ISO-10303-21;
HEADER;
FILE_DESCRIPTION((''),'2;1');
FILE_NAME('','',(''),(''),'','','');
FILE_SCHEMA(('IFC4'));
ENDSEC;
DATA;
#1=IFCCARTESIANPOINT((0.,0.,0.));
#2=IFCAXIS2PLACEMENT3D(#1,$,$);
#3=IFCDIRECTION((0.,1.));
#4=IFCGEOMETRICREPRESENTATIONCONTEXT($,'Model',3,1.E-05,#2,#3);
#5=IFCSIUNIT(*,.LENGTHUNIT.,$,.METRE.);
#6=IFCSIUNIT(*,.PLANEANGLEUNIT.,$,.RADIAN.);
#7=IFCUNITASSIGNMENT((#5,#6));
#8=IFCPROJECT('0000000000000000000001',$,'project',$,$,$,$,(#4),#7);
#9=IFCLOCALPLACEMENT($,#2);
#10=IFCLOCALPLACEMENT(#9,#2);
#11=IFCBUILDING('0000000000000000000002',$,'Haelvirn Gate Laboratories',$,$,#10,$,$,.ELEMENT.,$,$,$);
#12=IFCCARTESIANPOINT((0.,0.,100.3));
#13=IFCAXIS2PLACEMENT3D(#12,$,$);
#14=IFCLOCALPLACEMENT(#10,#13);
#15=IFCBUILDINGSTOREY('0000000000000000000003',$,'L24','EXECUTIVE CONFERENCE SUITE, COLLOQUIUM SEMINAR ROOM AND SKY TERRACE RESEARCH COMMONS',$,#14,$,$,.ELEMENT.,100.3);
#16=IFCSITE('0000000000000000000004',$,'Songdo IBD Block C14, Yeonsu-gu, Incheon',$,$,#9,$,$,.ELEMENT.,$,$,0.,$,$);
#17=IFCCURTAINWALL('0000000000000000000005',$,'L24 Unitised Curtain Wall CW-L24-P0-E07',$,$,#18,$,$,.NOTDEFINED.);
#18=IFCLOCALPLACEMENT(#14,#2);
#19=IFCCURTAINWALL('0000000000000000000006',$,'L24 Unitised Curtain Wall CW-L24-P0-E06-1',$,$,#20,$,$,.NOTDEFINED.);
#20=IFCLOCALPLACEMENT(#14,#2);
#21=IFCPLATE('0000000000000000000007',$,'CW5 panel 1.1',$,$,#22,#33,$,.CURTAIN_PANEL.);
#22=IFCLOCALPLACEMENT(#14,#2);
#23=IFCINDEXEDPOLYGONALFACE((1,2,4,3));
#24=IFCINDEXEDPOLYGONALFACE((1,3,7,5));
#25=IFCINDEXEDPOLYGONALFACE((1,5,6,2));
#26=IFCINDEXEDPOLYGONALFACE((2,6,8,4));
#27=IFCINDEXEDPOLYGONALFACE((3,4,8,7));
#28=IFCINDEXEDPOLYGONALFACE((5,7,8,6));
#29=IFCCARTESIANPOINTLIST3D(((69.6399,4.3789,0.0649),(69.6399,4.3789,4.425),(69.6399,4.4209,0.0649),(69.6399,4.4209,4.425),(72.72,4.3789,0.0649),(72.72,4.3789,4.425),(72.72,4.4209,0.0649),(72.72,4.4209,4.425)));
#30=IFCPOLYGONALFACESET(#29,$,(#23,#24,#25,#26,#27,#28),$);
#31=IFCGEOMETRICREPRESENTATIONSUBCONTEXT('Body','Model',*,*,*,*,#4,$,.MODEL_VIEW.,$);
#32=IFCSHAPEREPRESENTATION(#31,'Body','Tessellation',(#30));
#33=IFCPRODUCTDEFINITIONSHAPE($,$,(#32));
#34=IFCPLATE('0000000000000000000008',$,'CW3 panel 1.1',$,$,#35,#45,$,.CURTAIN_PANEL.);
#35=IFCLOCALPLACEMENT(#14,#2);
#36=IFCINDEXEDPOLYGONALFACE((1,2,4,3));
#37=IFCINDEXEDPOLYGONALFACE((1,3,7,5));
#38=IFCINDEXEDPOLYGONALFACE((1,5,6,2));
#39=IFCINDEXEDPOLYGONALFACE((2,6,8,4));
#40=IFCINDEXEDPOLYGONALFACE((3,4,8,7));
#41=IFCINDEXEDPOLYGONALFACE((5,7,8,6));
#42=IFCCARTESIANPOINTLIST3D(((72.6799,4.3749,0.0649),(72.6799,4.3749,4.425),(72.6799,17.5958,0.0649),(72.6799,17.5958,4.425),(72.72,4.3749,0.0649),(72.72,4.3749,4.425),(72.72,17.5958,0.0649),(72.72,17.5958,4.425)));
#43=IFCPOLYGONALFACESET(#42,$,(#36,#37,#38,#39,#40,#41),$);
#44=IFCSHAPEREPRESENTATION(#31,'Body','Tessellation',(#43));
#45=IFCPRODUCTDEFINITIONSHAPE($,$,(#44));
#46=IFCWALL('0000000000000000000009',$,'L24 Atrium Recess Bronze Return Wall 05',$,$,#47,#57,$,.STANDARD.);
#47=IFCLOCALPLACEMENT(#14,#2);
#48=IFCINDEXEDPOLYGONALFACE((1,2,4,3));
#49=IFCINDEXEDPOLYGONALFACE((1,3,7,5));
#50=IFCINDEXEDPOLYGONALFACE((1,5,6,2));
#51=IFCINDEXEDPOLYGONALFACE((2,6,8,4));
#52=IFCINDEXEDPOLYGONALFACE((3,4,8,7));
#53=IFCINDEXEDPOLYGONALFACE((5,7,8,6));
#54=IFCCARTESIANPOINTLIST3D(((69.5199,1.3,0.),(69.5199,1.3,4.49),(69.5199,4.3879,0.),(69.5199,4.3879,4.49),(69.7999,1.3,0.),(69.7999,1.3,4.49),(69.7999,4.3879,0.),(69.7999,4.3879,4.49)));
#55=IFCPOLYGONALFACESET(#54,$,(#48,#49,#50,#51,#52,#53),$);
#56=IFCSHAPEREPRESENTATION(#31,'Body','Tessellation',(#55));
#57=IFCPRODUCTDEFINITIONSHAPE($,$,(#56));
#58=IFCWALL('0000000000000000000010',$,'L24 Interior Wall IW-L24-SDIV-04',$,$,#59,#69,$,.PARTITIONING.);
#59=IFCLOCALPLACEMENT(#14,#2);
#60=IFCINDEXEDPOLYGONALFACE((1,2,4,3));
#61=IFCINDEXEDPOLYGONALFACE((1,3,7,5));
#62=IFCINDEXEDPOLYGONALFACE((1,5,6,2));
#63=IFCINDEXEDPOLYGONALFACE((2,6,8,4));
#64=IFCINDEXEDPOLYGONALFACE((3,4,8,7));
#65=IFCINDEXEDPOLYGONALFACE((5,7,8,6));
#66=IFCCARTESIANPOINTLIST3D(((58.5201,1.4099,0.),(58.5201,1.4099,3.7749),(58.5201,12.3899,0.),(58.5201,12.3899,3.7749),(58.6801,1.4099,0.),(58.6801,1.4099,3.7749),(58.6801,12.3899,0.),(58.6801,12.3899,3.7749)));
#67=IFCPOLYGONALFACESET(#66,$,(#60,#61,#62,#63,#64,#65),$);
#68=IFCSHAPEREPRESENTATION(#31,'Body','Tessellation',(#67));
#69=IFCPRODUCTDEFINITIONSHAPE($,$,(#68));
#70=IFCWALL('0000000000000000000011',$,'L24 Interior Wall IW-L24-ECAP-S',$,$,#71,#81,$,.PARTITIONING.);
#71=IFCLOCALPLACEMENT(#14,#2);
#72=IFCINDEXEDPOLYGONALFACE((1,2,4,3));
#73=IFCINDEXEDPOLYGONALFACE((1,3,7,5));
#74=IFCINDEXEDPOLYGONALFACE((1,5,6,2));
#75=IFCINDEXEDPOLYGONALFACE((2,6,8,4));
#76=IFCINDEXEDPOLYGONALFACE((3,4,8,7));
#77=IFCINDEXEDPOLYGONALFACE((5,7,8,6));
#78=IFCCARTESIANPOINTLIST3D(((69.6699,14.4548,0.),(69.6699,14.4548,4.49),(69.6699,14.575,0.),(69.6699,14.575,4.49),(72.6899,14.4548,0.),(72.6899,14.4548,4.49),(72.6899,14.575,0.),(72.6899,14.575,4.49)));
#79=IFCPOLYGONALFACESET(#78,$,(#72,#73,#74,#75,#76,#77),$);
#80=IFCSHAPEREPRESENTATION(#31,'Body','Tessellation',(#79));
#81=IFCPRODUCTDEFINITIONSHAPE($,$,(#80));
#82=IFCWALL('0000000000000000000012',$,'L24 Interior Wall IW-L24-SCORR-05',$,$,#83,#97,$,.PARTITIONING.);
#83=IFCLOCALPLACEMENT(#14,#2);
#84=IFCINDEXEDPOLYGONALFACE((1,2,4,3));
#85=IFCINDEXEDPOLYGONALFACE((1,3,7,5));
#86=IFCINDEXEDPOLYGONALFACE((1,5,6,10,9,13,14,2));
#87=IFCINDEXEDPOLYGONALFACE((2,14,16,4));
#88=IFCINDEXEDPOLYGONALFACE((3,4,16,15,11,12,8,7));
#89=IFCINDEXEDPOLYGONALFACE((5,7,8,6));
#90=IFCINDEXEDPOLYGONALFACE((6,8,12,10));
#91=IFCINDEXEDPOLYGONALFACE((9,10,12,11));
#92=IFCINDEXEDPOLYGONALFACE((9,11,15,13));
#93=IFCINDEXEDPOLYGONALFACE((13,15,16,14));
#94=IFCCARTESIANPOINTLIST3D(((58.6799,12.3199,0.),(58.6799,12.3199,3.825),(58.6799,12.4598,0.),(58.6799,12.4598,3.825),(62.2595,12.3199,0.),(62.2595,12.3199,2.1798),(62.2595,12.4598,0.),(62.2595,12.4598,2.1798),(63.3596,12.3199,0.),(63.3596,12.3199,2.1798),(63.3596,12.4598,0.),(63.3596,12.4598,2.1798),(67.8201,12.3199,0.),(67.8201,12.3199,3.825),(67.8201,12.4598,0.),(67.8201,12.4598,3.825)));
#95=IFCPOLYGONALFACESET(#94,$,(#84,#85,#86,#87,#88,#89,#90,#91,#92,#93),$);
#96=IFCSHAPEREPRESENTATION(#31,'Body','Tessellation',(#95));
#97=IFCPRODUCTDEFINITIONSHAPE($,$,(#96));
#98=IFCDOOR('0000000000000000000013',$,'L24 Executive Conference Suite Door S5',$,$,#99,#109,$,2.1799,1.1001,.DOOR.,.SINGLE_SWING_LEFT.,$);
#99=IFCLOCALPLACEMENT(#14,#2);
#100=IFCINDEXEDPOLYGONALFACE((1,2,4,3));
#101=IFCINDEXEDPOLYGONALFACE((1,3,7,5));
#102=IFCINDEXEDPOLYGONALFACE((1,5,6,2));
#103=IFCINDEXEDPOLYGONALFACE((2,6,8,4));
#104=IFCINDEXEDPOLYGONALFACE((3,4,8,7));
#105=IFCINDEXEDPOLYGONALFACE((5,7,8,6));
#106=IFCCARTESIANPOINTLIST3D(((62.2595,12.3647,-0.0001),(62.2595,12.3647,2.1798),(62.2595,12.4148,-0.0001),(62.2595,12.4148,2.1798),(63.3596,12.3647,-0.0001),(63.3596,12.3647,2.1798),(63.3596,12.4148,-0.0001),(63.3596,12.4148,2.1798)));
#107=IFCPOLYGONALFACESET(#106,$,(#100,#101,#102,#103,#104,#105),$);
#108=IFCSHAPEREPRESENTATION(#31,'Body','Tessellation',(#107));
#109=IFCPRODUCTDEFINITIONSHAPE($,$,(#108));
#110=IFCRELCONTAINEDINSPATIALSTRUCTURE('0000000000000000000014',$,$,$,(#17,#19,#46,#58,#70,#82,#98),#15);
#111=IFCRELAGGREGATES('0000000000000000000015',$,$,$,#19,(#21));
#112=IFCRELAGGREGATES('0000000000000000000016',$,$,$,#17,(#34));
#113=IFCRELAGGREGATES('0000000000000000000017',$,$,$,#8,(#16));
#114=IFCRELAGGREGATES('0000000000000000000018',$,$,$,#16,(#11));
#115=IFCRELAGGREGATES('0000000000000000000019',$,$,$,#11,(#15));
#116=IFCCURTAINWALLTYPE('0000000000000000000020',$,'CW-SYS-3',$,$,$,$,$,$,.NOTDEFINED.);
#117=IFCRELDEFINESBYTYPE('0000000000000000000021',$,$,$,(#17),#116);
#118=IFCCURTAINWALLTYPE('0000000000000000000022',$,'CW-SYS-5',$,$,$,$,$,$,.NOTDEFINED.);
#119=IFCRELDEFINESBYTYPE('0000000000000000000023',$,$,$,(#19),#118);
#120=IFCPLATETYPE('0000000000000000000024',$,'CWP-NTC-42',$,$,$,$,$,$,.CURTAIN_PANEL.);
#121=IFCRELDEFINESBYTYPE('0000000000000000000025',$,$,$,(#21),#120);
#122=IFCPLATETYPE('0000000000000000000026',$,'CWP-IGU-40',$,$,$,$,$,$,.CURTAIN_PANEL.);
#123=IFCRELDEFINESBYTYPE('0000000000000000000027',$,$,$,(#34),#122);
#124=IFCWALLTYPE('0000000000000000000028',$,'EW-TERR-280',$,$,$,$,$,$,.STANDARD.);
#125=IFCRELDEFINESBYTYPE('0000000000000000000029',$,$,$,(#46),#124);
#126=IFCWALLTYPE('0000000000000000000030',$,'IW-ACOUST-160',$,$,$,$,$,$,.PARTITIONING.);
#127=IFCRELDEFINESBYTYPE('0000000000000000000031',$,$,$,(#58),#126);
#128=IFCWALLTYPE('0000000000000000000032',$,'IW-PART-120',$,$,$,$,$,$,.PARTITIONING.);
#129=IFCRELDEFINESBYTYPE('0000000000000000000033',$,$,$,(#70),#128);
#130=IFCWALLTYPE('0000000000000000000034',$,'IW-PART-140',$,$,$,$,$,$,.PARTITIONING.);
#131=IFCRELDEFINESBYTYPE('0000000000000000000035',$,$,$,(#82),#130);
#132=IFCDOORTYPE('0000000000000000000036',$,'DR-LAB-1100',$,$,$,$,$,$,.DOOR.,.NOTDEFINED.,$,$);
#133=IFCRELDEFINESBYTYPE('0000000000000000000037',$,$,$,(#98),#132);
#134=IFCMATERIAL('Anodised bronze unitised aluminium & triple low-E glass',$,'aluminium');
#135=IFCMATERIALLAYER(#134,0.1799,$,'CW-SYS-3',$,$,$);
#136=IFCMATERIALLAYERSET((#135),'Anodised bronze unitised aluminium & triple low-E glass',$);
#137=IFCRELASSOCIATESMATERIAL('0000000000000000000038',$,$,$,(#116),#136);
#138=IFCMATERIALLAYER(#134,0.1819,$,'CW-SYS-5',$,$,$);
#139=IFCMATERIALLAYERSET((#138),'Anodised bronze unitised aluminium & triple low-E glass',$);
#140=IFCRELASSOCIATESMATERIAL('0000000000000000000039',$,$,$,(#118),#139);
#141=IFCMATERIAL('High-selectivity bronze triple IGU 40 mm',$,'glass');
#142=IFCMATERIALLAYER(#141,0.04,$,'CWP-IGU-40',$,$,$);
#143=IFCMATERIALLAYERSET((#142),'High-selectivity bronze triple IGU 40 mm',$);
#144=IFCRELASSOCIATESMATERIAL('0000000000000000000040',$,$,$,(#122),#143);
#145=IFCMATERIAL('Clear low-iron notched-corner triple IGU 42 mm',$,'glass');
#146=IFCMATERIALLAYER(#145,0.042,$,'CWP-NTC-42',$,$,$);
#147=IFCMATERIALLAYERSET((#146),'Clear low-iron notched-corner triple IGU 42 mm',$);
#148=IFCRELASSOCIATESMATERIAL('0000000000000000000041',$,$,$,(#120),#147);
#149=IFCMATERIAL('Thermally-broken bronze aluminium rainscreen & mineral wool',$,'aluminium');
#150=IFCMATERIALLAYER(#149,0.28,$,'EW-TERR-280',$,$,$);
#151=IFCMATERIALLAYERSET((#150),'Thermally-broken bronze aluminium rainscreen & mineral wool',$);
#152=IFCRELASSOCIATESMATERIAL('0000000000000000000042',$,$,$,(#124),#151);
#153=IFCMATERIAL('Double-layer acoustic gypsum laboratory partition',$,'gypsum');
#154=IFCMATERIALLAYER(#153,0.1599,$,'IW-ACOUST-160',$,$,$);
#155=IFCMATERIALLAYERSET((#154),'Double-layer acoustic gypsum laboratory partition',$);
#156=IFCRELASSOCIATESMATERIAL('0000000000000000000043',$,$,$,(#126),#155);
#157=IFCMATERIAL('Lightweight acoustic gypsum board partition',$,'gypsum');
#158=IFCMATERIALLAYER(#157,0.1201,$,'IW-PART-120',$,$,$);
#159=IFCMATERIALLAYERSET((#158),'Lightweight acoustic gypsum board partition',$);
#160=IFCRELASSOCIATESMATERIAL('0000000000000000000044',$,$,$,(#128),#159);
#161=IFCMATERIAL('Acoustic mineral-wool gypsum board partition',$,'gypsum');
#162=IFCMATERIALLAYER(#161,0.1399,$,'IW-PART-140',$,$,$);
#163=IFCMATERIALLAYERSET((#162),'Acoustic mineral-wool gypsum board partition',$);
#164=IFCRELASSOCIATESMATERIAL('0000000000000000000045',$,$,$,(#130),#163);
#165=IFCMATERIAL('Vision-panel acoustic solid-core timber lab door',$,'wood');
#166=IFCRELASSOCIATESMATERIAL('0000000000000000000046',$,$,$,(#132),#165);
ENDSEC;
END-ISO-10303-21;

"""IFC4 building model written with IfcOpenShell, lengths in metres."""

from ifc_helpers import new_model, si_unit, direction, frame, frame_2d, origin, origin_2d, place, context, subcontext, project, spatial, rectangle, extrude, source, transform, mapped, material, layer, layer_set, type_object, type_shapes, element, fill, aggregate, save


model = new_model("IFC4")

# Units and contexts
model_context = context("Model", 3, precision=1e-05, world=origin(), true_north=direction((0.0, 1.0)))
body_context = subcontext(model_context, "Body", "Model", "MODEL_VIEW")
ifc_project = project(units=[si_unit("LENGTHUNIT", "METRE"), si_unit("PLANEANGLEUNIT", "RADIAN")], contexts=[model_context])

# Site, building, storey
site_placement = place(None, origin())
site = spatial("IfcSite", under=ifc_project, at=site_placement, Name="Songdo IBD Block C14, Yeonsu-gu, Incheon", CompositionType="ELEMENT", RefElevation=0.0)
building_placement = place(site_placement, origin())
building = spatial("IfcBuilding", under=site, at=building_placement, Name="Haelvirn Gate Laboratories", CompositionType="ELEMENT")
storey_placement = place(building_placement, frame((0.0, 0.0, 100.3)))
storey = spatial("IfcBuildingStorey", under=building, at=storey_placement, Name="L24", Description="EXECUTIVE CONFERENCE SUITE, COLLOQUIUM SEMINAR ROOM AND SKY TERRACE RESEARCH COMMONS", CompositionType="ELEMENT", Elevation=100.3)

# Shared definitions
ifc_material_1 = material(Name="Anodised bronze unitised aluminium & triple low-E glass", Category="aluminium")
ifc_layer_1 = layer(ifc_material_1, 0.1799, Name="CW-SYS-3")
ifc_layer_set_1 = layer_set([ifc_layer_1], Name="Anodised bronze unitised aluminium & triple low-E glass")
curtain_wall_type_1 = type_object("IfcCurtainWallType", Name="CW-SYS-3", PredefinedType="NOTDEFINED", material=ifc_layer_set_1)

# Curtain wall
curtain_wall_1_placement = place(storey_placement, origin())
curtain_wall_1 = element("IfcCurtainWall", 1, at=curtain_wall_1_placement, inside=storey, type_object=curtain_wall_type_1, Name="L24 Unitised Curtain Wall CW-L24-P0-E07", PredefinedType="NOTDEFINED")

# Curtain wall
ifc_layer_2 = layer(ifc_material_1, 0.1819, Name="CW-SYS-5")
ifc_layer_set_2 = layer_set([ifc_layer_2], Name="Anodised bronze unitised aluminium & triple low-E glass")
curtain_wall_type_2 = type_object("IfcCurtainWallType", Name="CW-SYS-5", PredefinedType="NOTDEFINED", material=ifc_layer_set_2)
curtain_wall_2_placement = place(storey_placement, origin())
curtain_wall_2 = element("IfcCurtainWall", 2, at=curtain_wall_2_placement, inside=storey, type_object=curtain_wall_type_2, Name="L24 Unitised Curtain Wall CW-L24-P0-E06-1", PredefinedType="NOTDEFINED")

# Plates
ifc_material_2 = material(Name="High-selectivity bronze triple IGU 40 mm", Category="glass")
ifc_layer_3 = layer(ifc_material_2, 0.04, Name="CWP-IGU-40")
ifc_layer_set_3 = layer_set([ifc_layer_3], Name="High-selectivity bronze triple IGU 40 mm")
plate_type_1 = type_object("IfcPlateType", Name="CWP-IGU-40", PredefinedType="CURTAIN_PANEL", material=ifc_layer_set_3)
ifc_material_3 = material(Name="Clear low-iron notched-corner triple IGU 42 mm", Category="glass")
ifc_layer_4 = layer(ifc_material_3, 0.042, Name="CWP-NTC-42")
ifc_layer_set_4 = layer_set([ifc_layer_4], Name="Clear low-iron notched-corner triple IGU 42 mm")
plate_type_2 = type_object("IfcPlateType", Name="CWP-NTC-42", PredefinedType="CURTAIN_PANEL", material=ifc_layer_set_4)
shared_shape_1 = source(origin(), body_context, "Body", "SweptSolid", [
    extrude(rectangle(XDim=3.0801, YDim=0.042, at=origin_2d()), origin(), (0.0, 0.0, 1.0), 4.3601),
])
type_shapes(plate_type_2, [shared_shape_1])
plate_1_placement = place(storey_placement, frame((71.1799, 4.3999, 0.0649), z_axis=(0.0, 0.0, 1.0), x_axis=(1.0, 0.0, 0.0)))
plate_1 = element("IfcPlate", 3, at=plate_1_placement, type_object=plate_type_2, Name="CW5 panel 1.1", PredefinedType="CURTAIN_PANEL", context=body_context, shape_type="MappedRepresentation", body=[
    mapped(shared_shape_1, transform((0.0, 0.0, 0.0), scale=1.0)),
])
aggregate(curtain_wall_2, [plate_1])
shared_shape_2 = source(origin(), body_context, "Body", "SweptSolid", [
    extrude(rectangle(XDim=13.2209, YDim=0.04, at=origin_2d()), origin(), (0.0, 0.0, 1.0), 4.3601),
])
plate_2_placement = place(storey_placement, frame((72.7, 10.9854, 0.0649), z_axis=(0.0, 0.0, 1.0), x_axis=(0.0, 1.0, 0.0)))
plate_2 = element("IfcPlate", 4, at=plate_2_placement, type_object=plate_type_1, Name="CW3 panel 1.1", PredefinedType="CURTAIN_PANEL", context=body_context, shape_type="MappedRepresentation", body=[
    mapped(shared_shape_2, transform((0.0, 0.0, 0.0), scale=1.0)),
])
aggregate(curtain_wall_1, [plate_2])

# Walls
ifc_material_4 = material(Name="Thermally-broken bronze aluminium rainscreen & mineral wool", Category="aluminium")
ifc_layer_5 = layer(ifc_material_4, 0.28, Name="EW-TERR-280")
ifc_layer_set_5 = layer_set([ifc_layer_5], Name="Thermally-broken bronze aluminium rainscreen & mineral wool")
wall_type_1 = type_object("IfcWallType", Name="EW-TERR-280", PredefinedType="STANDARD", material=ifc_layer_set_5)
wall_1_placement = place(storey_placement, frame((69.6599, 1.3, 0.0), z_axis=(0.0, 0.0, 1.0), x_axis=(0.0, 1.0, 0.0)))
element("IfcWall", 5, at=wall_1_placement, inside=storey, type_object=wall_type_1, Name="L24 Atrium Recess Bronze Return Wall 05", PredefinedType="STANDARD", context=body_context, shape_type="SweptSolid", body=[
    extrude(rectangle(XDim=3.0879, YDim=0.28, at=frame_2d((1.5439, 0.0))), origin(), (0.0, 0.0, 1.0), 4.49),
])
ifc_material_5 = material(Name="Double-layer acoustic gypsum laboratory partition", Category="gypsum")
ifc_layer_6 = layer(ifc_material_5, 0.1599, Name="IW-ACOUST-160")
ifc_layer_set_6 = layer_set([ifc_layer_6], Name="Double-layer acoustic gypsum laboratory partition")
wall_type_2 = type_object("IfcWallType", Name="IW-ACOUST-160", PredefinedType="PARTITIONING", material=ifc_layer_set_6)
wall_2_placement = place(storey_placement, frame((58.6001, 1.4099, 0.0), z_axis=(0.0, 0.0, 1.0), x_axis=(0.0, 1.0, 0.0)))
element("IfcWall", 6, at=wall_2_placement, inside=storey, type_object=wall_type_2, Name="L24 Interior Wall IW-L24-SDIV-04", PredefinedType="PARTITIONING", context=body_context, shape_type="SweptSolid", body=[
    extrude(rectangle(XDim=10.98, YDim=0.1599, at=frame_2d((5.49, 0.0))), origin(), (0.0, 0.0, 1.0), 3.7749),
])
ifc_material_6 = material(Name="Lightweight acoustic gypsum board partition", Category="gypsum")
ifc_layer_7 = layer(ifc_material_6, 0.1201, Name="IW-PART-120")
ifc_layer_set_7 = layer_set([ifc_layer_7], Name="Lightweight acoustic gypsum board partition")
wall_type_3 = type_object("IfcWallType", Name="IW-PART-120", PredefinedType="PARTITIONING", material=ifc_layer_set_7)
wall_3_placement = place(storey_placement, frame((69.6699, 14.5149, 0.0), z_axis=(0.0, 0.0, 1.0), x_axis=(1.0, 0.0, 0.0)))
element("IfcWall", 7, at=wall_3_placement, inside=storey, type_object=wall_type_3, Name="L24 Interior Wall IW-L24-ECAP-S", PredefinedType="PARTITIONING", context=body_context, shape_type="SweptSolid", body=[
    extrude(rectangle(XDim=3.02, YDim=0.1201, at=frame_2d((1.51, 0.0))), origin(), (0.0, 0.0, 1.0), 4.49),
])

# Wall, opening, door
ifc_material_7 = material(Name="Acoustic mineral-wool gypsum board partition", Category="gypsum")
ifc_layer_8 = layer(ifc_material_7, 0.1399, Name="IW-PART-140")
ifc_layer_set_8 = layer_set([ifc_layer_8], Name="Acoustic mineral-wool gypsum board partition")
wall_type_4 = type_object("IfcWallType", Name="IW-PART-140", PredefinedType="PARTITIONING", material=ifc_layer_set_8)
wall_4_placement = place(storey_placement, frame((58.6799, 12.3899, 0.0), z_axis=(0.0, 0.0, 1.0), x_axis=(1.0, 0.0, 0.0)))
wall_4 = element("IfcWall", 8, at=wall_4_placement, inside=storey, type_object=wall_type_4, Name="L24 Interior Wall IW-L24-SCORR-05", PredefinedType="PARTITIONING", context=body_context, shape_type="SweptSolid", body=[
    extrude(rectangle(XDim=9.1401, YDim=0.1399, at=frame_2d((4.5701, 0.0))), origin(), (0.0, 0.0, 1.0), 3.825),
])
opening_placement = place(wall_4_placement, frame((3.5796, 0.0, 0.0)))
opening = element("IfcOpeningElement", 9, at=opening_placement, cuts=wall_4, PredefinedType="OPENING", context=body_context, shape_type="SweptSolid", body=[
    extrude(rectangle(XDim=1.1001, YDim=2.1799, at=frame_2d((0.55, 1.0898))), frame((0.0, 0.0801, 0.0), z_axis=(0.0, -1.0, 0.0), x_axis=(1.0, 0.0, 0.0)), (0.0, 0.0, 1.0), 0.1599),
])
ifc_material_8 = material(Name="Vision-panel acoustic solid-core timber lab door", Category="wood")
door_type = type_object("IfcDoorType", Name="DR-LAB-1100", OperationType="NOTDEFINED", PredefinedType="DOOR", material=ifc_material_8)
shared_shape_3 = source(origin(), body_context, "Body", "SweptSolid", [
    extrude(rectangle(XDim=1.1001, YDim=2.1799, at=frame_2d((0.55, 1.0898))), frame((0.0, 0.0249, 0.0), z_axis=(0.0, -1.0, 0.0), x_axis=(1.0, 0.0, 0.0)), (0.0, 0.0, 1.0), 0.05),
])
type_shapes(door_type, [shared_shape_3])
door_placement = place(opening_placement, origin())
door = element("IfcDoor", 10, at=door_placement, inside=storey, type_object=door_type, Name="L24 Executive Conference Suite Door S5", OperationType="SINGLE_SWING_LEFT", OverallHeight=2.1799, OverallWidth=1.1001, PredefinedType="DOOR", context=body_context, shape_type="MappedRepresentation", body=[
    mapped(shared_shape_3, transform((0.0, 0.0, 0.0), scale=1.0)),
])
fill(opening, door)

save(model, "model.ifc")
